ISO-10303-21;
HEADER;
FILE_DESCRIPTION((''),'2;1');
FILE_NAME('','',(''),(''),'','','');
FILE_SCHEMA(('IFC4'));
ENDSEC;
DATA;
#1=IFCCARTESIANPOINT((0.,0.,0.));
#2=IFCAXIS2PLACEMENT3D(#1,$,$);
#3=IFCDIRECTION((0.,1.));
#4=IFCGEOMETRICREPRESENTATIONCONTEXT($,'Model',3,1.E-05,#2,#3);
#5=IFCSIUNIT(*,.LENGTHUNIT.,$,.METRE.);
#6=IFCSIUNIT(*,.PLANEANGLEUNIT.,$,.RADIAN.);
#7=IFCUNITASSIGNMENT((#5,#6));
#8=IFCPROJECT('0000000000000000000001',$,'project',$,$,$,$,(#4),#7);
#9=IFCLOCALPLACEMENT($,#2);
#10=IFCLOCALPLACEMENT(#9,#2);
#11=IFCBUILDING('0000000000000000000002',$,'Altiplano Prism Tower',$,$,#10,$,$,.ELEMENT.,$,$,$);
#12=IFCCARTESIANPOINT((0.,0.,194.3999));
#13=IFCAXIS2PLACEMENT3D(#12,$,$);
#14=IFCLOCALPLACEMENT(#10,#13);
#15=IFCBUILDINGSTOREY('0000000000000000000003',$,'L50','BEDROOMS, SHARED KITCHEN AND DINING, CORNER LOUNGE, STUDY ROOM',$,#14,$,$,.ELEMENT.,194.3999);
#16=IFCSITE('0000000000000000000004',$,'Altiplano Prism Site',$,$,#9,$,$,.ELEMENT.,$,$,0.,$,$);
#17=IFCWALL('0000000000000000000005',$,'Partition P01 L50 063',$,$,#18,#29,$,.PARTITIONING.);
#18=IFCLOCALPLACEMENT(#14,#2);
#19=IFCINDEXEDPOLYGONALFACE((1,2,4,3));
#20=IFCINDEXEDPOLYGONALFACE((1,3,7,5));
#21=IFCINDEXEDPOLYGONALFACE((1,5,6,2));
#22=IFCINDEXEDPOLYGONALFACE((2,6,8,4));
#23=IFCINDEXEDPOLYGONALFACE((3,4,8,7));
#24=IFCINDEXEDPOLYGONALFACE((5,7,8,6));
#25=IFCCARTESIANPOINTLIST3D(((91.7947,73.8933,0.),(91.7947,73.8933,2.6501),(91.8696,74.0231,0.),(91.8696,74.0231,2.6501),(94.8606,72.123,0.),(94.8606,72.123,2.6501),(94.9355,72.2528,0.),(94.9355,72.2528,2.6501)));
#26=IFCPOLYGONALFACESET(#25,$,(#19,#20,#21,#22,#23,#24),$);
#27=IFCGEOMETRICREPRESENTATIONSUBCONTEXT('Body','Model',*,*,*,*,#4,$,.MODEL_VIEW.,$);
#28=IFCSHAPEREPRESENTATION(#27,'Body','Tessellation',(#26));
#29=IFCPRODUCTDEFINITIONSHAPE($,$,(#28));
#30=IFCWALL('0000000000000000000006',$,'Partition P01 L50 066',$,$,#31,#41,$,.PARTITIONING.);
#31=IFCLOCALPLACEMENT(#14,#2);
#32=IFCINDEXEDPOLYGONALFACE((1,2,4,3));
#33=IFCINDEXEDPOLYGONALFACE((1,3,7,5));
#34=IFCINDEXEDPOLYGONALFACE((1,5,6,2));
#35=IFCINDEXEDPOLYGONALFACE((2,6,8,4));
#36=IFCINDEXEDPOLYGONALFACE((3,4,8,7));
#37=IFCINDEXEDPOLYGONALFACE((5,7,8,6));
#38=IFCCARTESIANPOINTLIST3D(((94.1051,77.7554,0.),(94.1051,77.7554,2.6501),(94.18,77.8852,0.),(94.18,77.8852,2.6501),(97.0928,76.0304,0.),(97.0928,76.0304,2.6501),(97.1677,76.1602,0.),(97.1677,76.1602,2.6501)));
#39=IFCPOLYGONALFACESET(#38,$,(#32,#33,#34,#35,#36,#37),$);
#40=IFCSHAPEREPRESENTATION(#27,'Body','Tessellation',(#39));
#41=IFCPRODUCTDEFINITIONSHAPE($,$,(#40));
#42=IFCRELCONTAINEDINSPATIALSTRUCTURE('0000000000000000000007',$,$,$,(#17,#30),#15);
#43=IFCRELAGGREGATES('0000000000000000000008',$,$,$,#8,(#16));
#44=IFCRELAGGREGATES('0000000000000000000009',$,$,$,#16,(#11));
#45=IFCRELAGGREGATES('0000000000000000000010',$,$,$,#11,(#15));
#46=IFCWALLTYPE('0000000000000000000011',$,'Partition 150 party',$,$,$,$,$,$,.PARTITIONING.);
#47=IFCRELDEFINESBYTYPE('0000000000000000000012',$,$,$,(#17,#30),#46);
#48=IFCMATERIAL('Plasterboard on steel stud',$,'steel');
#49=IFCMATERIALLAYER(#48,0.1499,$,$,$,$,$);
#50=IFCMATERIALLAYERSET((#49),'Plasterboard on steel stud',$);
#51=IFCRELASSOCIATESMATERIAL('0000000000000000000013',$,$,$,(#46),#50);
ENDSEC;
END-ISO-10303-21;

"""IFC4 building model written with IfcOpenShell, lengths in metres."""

from ifc_helpers import new_model, si_unit, direction, frame, frame_2d, origin, place, context, subcontext, project, spatial, rectangle, extrude, material, layer, layer_set, type_object, element, save


model = new_model("IFC4")

# Units and contexts
model_context = context("Model", 3, precision=1e-05, world=origin(), true_north=direction((0.0, 1.0)))
body_context = subcontext(model_context, "Body", "Model", "MODEL_VIEW")
ifc_project = project(units=[si_unit("LENGTHUNIT", "METRE"), si_unit("PLANEANGLEUNIT", "RADIAN")], contexts=[model_context])

# Site, building, storey
site_placement = place(None, origin())
site = spatial("IfcSite", under=ifc_project, at=site_placement, Name="Altiplano Prism Site", CompositionType="ELEMENT", RefElevation=0.0)
building_placement = place(site_placement, origin())
building = spatial("IfcBuilding", under=site, at=building_placement, Name="Altiplano Prism Tower", CompositionType="ELEMENT")
storey_placement = place(building_placement, frame((0.0, 0.0, 194.3999)))
storey = spatial("IfcBuildingStorey", under=building, at=storey_placement, Name="L50", Description="BEDROOMS, SHARED KITCHEN AND DINING, CORNER LOUNGE, STUDY ROOM", CompositionType="ELEMENT", Elevation=194.3999)

# Shared definitions
ifc_material_1 = material(Name="Plasterboard on steel stud", Category="steel")

# Walls
ifc_layer_1 = layer(ifc_material_1, 0.1499)
ifc_layer_set_1 = layer_set([ifc_layer_1], Name="Plasterboard on steel stud")
wall_type_1 = type_object("IfcWallType", Name="Partition 150 party", PredefinedType="PARTITIONING", material=ifc_layer_set_1)
wall_1_placement = place(storey_placement, frame((94.8979, 72.188, 0.0), z_axis=(0.0, 0.0, 1.0), x_axis=(-0.866006, 0.500033, 0.0)))
element("IfcWall", 1, at=wall_1_placement, inside=storey, type_object=wall_type_1, Name="Partition P01 L50 063", PredefinedType="PARTITIONING", context=body_context, shape_type="SweptSolid", body=[
    extrude(rectangle(XDim=3.5403, YDim=0.1499, at=frame_2d((1.77, 0.0))), origin(), (0.0, 0.0, 1.0), 2.6501),
])
wall_2_placement = place(storey_placement, frame((97.1304, 76.0952, 0.0), z_axis=(0.0, 0.0, 1.0), x_axis=(-0.866014, 0.500021, 0.0)))
element("IfcWall", 2, at=wall_2_placement, inside=storey, type_object=wall_type_1, Name="Partition P01 L50 066", PredefinedType="PARTITIONING", context=body_context, shape_type="SweptSolid", body=[
    extrude(rectangle(XDim=3.45, YDim=0.1499, at=frame_2d((1.7251, 0.0))), origin(), (0.0, 0.0, 1.0), 2.6501),
])

save(model, "model.ifc")
